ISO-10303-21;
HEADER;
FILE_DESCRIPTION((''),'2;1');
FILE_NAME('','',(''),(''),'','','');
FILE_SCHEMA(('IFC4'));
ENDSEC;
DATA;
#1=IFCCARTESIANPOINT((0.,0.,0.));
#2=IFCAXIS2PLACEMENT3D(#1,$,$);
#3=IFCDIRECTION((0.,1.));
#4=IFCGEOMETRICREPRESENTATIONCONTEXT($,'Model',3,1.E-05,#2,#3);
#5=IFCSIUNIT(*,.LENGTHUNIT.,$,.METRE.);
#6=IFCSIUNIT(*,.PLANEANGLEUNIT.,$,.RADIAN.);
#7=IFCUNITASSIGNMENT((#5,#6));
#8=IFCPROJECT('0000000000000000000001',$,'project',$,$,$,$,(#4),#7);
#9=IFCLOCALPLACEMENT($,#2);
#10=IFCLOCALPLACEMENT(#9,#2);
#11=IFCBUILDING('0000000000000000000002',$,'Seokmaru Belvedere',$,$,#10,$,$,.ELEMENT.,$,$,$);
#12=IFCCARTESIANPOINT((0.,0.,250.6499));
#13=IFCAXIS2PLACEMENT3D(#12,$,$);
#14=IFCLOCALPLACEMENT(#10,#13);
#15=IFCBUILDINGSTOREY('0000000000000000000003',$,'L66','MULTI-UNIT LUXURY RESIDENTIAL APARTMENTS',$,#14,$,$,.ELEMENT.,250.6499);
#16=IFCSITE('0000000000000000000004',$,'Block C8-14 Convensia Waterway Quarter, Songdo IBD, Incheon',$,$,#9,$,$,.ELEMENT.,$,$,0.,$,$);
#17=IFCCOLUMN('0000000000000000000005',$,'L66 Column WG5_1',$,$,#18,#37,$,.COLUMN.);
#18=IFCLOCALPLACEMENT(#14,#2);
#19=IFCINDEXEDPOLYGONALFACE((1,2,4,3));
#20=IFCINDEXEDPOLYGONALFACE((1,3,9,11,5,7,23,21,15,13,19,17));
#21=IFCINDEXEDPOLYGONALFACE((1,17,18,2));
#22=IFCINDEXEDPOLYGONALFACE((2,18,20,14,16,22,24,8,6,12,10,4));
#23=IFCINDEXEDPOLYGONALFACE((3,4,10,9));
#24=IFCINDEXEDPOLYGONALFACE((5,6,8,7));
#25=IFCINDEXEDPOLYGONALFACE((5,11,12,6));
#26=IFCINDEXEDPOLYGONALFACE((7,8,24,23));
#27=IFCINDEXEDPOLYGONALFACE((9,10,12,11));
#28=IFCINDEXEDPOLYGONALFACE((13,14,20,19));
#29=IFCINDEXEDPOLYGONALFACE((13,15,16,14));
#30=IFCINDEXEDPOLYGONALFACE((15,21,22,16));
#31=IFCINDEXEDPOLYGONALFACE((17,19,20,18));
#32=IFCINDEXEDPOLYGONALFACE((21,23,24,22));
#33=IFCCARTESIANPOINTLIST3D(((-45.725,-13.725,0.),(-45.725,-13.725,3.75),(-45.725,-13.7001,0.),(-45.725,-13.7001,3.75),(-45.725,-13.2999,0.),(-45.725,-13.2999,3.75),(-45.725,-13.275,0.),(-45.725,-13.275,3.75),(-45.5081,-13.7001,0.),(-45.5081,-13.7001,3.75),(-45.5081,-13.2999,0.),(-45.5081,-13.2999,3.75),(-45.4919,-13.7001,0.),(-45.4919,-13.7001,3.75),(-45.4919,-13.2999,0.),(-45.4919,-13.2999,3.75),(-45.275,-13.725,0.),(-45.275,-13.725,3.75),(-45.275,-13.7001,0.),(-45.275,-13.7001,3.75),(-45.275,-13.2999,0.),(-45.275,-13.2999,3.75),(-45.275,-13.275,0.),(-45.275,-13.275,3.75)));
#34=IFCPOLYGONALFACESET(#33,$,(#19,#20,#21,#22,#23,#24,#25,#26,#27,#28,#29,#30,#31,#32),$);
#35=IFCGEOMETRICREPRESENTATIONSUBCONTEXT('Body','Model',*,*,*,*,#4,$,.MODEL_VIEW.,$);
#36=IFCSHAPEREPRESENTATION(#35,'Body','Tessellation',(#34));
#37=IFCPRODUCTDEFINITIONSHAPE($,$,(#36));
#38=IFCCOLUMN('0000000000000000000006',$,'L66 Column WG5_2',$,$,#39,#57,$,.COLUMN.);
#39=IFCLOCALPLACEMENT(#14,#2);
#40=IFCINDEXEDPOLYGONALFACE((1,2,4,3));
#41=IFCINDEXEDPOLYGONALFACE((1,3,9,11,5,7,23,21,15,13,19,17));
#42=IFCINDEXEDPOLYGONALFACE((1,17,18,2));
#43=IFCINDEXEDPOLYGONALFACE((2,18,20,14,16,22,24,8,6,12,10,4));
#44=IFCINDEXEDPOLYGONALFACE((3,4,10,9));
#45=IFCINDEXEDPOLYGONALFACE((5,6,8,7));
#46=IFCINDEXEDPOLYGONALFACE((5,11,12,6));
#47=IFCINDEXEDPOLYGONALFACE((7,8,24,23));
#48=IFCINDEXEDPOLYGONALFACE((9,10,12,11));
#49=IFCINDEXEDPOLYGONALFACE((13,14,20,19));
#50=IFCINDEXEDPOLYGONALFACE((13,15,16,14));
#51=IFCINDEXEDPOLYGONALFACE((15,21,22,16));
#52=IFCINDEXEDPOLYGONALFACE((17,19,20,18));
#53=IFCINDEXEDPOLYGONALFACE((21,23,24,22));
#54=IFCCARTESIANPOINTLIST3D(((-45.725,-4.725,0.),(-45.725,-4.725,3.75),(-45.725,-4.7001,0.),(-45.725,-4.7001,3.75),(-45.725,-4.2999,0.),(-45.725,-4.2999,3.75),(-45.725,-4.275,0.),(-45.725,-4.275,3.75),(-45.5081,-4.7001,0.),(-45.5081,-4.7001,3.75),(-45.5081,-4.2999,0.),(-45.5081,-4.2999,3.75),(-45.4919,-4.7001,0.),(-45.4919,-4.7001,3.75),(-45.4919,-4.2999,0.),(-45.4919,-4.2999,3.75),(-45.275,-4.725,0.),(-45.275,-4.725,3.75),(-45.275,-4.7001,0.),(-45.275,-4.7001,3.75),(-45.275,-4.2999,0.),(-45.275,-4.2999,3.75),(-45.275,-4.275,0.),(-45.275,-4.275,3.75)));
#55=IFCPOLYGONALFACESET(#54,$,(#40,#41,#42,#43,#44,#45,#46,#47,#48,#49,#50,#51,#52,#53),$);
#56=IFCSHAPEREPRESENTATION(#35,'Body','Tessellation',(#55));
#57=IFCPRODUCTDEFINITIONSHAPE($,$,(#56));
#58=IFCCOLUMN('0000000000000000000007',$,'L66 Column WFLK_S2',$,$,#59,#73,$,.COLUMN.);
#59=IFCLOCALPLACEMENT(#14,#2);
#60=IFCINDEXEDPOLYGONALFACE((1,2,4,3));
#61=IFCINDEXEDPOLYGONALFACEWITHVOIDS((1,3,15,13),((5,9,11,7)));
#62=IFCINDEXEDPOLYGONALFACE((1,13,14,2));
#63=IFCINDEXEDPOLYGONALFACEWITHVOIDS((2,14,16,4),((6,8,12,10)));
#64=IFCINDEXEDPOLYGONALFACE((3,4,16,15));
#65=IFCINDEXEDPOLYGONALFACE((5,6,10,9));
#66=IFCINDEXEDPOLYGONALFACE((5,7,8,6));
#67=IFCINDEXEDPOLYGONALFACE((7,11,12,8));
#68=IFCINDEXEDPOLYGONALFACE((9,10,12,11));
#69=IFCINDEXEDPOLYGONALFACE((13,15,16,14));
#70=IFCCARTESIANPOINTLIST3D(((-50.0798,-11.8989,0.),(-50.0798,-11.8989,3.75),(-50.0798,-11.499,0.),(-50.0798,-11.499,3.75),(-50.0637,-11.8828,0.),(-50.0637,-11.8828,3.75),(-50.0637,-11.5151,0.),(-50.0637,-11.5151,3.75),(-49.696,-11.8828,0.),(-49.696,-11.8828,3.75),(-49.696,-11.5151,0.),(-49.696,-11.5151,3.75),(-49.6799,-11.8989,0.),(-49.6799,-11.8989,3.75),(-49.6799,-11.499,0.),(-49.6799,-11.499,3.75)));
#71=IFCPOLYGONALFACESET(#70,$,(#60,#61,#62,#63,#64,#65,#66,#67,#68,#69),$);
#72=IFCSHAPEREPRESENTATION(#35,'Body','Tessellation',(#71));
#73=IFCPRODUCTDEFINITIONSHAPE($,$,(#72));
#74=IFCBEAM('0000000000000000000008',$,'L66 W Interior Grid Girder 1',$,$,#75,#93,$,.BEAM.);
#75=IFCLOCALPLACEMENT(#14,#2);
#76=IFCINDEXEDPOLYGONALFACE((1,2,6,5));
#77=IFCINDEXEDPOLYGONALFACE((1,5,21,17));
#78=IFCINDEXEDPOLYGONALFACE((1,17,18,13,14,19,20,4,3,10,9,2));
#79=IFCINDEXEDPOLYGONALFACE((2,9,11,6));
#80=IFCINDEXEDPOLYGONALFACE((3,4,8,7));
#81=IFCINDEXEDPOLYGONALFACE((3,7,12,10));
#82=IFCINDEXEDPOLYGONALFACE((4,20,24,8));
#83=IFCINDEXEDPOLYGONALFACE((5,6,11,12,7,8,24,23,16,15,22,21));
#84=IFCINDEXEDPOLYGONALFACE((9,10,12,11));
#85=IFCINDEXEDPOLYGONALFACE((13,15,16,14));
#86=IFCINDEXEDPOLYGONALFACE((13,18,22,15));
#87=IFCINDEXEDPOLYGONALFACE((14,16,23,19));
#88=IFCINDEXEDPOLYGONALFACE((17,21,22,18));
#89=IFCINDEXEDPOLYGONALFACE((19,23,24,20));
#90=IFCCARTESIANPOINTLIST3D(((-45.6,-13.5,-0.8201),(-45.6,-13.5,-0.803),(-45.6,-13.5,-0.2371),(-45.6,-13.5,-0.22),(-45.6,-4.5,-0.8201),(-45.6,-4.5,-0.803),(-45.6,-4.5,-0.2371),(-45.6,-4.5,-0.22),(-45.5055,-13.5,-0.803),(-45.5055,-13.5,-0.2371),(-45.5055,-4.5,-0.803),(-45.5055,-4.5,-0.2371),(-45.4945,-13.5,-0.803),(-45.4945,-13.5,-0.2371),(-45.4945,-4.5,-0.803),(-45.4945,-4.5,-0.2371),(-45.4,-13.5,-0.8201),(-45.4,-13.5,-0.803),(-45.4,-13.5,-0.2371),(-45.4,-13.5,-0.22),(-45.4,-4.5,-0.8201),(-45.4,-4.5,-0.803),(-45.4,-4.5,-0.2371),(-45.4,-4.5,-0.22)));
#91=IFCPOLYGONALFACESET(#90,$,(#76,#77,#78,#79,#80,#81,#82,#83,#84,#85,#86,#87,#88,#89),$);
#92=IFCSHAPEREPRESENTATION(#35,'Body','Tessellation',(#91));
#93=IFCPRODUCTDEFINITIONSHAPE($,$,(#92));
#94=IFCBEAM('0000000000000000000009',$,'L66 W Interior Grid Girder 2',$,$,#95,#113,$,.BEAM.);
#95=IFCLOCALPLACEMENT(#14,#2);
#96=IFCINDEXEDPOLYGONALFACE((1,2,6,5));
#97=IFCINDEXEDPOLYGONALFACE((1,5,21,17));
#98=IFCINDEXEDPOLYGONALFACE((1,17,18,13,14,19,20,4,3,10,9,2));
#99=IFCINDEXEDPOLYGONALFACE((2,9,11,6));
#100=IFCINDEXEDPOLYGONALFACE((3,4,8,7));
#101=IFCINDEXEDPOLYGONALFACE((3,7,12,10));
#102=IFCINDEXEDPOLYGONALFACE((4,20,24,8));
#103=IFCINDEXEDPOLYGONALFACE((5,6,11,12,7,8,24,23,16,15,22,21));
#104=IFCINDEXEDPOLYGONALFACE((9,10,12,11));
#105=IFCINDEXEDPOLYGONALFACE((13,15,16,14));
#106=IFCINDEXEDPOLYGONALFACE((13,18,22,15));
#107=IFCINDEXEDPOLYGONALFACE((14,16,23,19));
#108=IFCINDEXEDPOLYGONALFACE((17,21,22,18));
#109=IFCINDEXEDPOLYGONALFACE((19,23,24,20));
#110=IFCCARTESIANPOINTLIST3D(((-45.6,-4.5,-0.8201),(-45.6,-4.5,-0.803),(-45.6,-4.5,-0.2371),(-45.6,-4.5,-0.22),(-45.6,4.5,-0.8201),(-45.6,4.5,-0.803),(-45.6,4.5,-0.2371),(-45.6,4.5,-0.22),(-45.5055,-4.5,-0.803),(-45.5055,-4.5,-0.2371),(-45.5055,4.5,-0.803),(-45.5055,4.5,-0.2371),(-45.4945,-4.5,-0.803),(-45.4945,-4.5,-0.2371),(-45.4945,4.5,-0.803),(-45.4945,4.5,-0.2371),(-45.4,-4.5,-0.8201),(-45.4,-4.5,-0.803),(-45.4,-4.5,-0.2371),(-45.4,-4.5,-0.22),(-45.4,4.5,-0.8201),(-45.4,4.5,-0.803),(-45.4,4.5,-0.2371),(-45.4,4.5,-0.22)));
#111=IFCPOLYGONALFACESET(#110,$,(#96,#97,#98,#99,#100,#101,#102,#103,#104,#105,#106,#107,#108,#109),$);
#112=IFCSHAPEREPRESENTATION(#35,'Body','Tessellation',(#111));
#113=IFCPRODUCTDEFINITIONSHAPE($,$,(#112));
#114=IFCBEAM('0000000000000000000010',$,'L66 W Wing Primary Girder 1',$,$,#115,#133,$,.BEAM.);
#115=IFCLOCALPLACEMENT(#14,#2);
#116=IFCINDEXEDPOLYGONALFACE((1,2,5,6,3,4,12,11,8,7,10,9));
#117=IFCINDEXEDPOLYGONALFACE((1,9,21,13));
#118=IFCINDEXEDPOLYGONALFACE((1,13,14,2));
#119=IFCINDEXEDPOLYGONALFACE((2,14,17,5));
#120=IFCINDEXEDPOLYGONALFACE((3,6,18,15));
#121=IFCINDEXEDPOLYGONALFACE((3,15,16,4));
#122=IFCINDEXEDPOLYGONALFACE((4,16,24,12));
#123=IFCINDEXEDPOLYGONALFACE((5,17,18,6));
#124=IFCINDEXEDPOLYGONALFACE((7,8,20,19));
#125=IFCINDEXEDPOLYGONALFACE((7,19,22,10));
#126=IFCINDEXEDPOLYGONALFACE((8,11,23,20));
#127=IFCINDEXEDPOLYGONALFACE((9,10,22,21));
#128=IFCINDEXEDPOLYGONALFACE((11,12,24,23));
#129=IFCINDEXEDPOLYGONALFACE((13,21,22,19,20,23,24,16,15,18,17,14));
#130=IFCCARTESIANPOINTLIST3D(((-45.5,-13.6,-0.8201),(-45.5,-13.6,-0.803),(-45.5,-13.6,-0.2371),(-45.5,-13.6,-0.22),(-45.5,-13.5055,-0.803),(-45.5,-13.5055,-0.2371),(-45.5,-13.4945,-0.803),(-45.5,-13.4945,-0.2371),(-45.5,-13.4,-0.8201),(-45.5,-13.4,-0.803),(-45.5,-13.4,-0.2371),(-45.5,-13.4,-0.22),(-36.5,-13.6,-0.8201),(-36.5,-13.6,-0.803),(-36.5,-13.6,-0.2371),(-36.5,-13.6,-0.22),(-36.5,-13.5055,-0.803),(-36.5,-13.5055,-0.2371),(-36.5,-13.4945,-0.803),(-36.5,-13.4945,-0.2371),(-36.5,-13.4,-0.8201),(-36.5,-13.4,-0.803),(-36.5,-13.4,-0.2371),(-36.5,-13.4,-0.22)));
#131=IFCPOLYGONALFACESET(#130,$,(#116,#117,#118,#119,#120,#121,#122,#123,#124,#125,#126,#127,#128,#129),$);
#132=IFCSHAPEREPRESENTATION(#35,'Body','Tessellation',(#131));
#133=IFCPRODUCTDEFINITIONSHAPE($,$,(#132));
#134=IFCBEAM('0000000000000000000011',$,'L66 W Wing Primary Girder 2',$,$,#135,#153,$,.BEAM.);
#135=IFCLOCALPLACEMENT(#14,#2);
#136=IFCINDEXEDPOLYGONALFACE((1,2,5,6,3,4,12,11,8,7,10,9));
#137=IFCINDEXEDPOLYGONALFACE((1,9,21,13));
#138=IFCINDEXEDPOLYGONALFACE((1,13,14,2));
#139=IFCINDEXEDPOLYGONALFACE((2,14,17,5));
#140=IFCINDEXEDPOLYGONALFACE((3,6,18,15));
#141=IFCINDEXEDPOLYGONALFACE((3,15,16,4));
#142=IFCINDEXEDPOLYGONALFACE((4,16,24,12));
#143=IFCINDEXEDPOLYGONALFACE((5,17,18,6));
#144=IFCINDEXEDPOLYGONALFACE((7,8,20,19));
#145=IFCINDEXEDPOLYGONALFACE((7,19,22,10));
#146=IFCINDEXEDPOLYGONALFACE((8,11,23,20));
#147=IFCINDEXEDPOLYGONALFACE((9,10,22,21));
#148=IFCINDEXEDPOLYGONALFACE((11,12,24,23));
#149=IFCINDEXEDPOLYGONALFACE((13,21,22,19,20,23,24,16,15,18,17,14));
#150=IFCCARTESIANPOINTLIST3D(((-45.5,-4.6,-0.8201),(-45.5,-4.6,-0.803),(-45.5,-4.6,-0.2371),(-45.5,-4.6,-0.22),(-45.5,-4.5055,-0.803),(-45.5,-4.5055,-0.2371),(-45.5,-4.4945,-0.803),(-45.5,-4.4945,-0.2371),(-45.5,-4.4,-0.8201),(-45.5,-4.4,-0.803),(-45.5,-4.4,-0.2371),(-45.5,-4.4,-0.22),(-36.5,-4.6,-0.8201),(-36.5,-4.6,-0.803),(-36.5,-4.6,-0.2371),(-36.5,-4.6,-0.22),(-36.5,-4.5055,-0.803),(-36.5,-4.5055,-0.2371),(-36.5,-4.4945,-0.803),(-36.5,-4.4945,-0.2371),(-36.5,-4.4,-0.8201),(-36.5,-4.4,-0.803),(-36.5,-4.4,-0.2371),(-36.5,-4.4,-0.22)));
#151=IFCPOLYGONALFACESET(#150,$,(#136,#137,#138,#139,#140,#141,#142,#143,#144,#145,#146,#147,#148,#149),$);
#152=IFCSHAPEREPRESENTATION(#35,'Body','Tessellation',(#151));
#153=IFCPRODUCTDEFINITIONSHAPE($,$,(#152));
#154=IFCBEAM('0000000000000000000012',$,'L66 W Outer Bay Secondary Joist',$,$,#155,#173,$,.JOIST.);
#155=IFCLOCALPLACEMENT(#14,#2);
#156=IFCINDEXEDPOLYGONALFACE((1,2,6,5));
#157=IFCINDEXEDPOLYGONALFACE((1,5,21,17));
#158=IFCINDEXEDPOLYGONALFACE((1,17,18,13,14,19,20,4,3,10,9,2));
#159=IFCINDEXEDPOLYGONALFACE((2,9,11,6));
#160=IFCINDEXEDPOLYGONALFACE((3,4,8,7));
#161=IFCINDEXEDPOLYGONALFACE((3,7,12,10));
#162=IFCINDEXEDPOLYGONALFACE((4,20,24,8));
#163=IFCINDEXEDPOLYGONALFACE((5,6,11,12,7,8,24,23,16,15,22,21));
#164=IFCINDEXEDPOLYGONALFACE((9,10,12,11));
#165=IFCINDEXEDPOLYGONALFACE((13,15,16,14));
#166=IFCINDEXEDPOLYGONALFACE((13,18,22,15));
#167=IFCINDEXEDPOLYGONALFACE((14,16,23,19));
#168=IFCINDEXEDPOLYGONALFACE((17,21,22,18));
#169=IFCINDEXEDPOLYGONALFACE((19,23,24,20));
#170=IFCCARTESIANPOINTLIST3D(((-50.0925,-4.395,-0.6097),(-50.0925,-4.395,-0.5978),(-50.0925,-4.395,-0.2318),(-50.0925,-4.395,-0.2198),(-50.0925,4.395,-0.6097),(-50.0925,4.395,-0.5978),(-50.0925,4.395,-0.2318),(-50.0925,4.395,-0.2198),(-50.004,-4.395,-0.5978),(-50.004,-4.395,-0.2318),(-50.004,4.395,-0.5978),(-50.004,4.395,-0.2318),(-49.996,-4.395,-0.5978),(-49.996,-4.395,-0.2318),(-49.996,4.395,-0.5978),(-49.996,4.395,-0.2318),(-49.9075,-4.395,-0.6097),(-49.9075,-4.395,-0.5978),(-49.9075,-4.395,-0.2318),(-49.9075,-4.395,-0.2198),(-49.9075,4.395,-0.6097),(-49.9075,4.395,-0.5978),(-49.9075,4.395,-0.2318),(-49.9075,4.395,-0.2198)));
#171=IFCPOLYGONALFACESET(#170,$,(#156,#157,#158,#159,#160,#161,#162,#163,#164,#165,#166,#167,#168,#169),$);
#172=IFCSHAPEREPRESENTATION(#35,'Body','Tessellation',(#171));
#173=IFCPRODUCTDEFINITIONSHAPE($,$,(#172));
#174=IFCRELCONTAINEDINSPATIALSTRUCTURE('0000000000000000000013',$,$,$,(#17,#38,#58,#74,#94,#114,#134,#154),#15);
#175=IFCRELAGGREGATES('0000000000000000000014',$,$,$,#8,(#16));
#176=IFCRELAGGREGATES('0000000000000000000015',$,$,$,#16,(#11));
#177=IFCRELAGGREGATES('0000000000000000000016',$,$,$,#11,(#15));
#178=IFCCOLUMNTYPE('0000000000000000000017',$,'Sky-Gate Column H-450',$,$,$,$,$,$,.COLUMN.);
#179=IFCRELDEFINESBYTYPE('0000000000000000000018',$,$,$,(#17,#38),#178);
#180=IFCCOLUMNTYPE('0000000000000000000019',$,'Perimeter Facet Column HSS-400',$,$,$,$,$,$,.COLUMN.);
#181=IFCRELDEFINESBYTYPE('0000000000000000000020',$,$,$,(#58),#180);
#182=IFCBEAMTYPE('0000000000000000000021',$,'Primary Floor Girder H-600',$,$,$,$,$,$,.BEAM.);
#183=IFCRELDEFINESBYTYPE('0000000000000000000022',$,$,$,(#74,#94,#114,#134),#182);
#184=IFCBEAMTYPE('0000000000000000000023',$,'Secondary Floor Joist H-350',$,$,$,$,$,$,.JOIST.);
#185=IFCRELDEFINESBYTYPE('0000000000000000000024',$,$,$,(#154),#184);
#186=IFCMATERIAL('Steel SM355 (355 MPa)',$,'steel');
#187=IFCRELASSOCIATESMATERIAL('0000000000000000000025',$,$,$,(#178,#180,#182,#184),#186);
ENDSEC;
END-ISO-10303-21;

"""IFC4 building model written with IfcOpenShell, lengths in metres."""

from ifc_helpers import new_model, si_unit, direction, frame, origin, origin_2d, place, context, subcontext, project, spatial, hollow_rectangle, i_section, extrude, source, transform, mapped, material, material_profile, profile_set, type_object, type_shapes, element, save


model = new_model("IFC4")

# Units and contexts
model_context = context("Model", 3, precision=1e-05, world=origin(), true_north=direction((0.0, 1.0)))
body_context = subcontext(model_context, "Body", "Model", "MODEL_VIEW")
ifc_project = project(units=[si_unit("LENGTHUNIT", "METRE"), si_unit("PLANEANGLEUNIT", "RADIAN")], contexts=[model_context])

# Site, building, storey
site_placement = place(None, origin())
site = spatial("IfcSite", under=ifc_project, at=site_placement, Name="Block C8-14 Convensia Waterway Quarter, Songdo IBD, Incheon", CompositionType="ELEMENT", RefElevation=0.0)
building_placement = place(site_placement, origin())
building = spatial("IfcBuilding", under=site, at=building_placement, Name="Seokmaru Belvedere", CompositionType="ELEMENT")
storey_placement = place(building_placement, frame((0.0, 0.0, 250.6499)))
storey = spatial("IfcBuildingStorey", under=building, at=storey_placement, Name="L66", Description="MULTI-UNIT LUXURY RESIDENTIAL APARTMENTS", CompositionType="ELEMENT", Elevation=250.6499)

# Columns
ifc_material_1 = material(Name="Steel SM355 (355 MPa)", Category="steel")
ifc_material_profile_1 = material_profile(ifc_material_1, i_section(OverallWidth=0.45, OverallDepth=0.45, WebThickness=0.0161, FlangeThickness=0.0249, at=origin_2d()), Name="H-450x450x16x25")
ifc_profile_set_1 = profile_set([ifc_material_profile_1], Name="Steel SM355 (355 MPa)")
column_type_1 = type_object("IfcColumnType", Name="Sky-Gate Column H-450", PredefinedType="COLUMN", material=ifc_profile_set_1)
shared_shape_1 = source(origin(), body_context, "Body", "SweptSolid", [
    extrude(i_section(OverallWidth=0.45, OverallDepth=0.45, WebThickness=0.0161, FlangeThickness=0.0249, at=origin_2d()), origin(), (0.0, 0.0, 1.0), 3.75),
])
type_shapes(column_type_1, [shared_shape_1])
for number, where, z_axis, x_axis, name in (
    (1, (-45.5, -13.5, 0.0), (0.0, 0.0, 1.0), (1.0, 0.0, 0.0), "L66 Column WG5_1"),
    (2, (-45.5, -4.5, 0.0), (0.0, 0.0, 1.0), (1.0, 0.0, 0.0), "L66 Column WG5_2"),
):
    element("IfcColumn", number, at=place(storey_placement, frame(where, z_axis=z_axis, x_axis=x_axis)), inside=storey, type_object=column_type_1, Name=name, PredefinedType="COLUMN", context=body_context, shape_type="MappedRepresentation", body=[
        mapped(shared_shape_1, transform((0.0, 0.0, 0.0), scale=1.0)),
    ])
ifc_material_profile_2 = material_profile(ifc_material_1, hollow_rectangle(XDim=0.3999, YDim=0.3999, WallThickness=0.0161, at=origin_2d()), Name="HSS-400x400x16")
ifc_profile_set_2 = profile_set([ifc_material_profile_2], Name="Steel SM355 (355 MPa)")
column_type_2 = type_object("IfcColumnType", Name="Perimeter Facet Column HSS-400", PredefinedType="COLUMN", material=ifc_profile_set_2)
shared_shape_2 = source(origin(), body_context, "Body", "SweptSolid", [
    extrude(hollow_rectangle(XDim=0.3999, YDim=0.3999, WallThickness=0.0161, at=origin_2d()), origin(), (0.0, 0.0, 1.0), 3.75),
])
type_shapes(column_type_2, [shared_shape_2])
column_placement = place(storey_placement, frame((-49.8799, -11.699, 0.0), z_axis=(0.0, 0.0, 1.0), x_axis=(1.0, 0.0, 0.0)))
element("IfcColumn", 3, at=column_placement, inside=storey, type_object=column_type_2, Name="L66 Column WFLK_S2", PredefinedType="COLUMN", context=body_context, shape_type="MappedRepresentation", body=[
    mapped(shared_shape_2, transform((0.0, 0.0, 0.0), scale=1.0)),
])

# Beams
ifc_material_profile_3 = material_profile(ifc_material_1, i_section(OverallWidth=0.2, OverallDepth=0.6001, WebThickness=0.011, FlangeThickness=0.0171, at=origin_2d()), Name="H-600x200x11x17")
ifc_profile_set_3 = profile_set([ifc_material_profile_3], Name="Steel SM355 (355 MPa)")
beam_type_1 = type_object("IfcBeamType", Name="Primary Floor Girder H-600", PredefinedType="BEAM", material=ifc_profile_set_3)
shared_shape_3 = source(origin(), body_context, "Body", "SweptSolid", [
    extrude(i_section(OverallWidth=0.2, OverallDepth=0.6001, WebThickness=0.011, FlangeThickness=0.0171, at=origin_2d()), origin(), (0.0, 0.0, 1.0), 9.0),
])
for number, where, z_axis, x_axis, name in (
    (4, (-45.5, -13.5, -0.52), (0.0, 1.0, 0.0), (-1.0, 0.0, 0.0), "L66 W Interior Grid Girder 1"),
    (5, (-45.5, -4.5, -0.52), (0.0, 1.0, 0.0), (-1.0, 0.0, 0.0), "L66 W Interior Grid Girder 2"),
    (6, (-45.5, -13.5, -0.52), (1.0, 0.0, 0.0), (0.0, 1.0, 0.0), "L66 W Wing Primary Girder 1"),
    (7, (-45.5, -4.5, -0.52), (1.0, 0.0, 0.0), (0.0, 1.0, 0.0), "L66 W Wing Primary Girder 2"),
):
    element("IfcBeam", number, at=place(storey_placement, frame(where, z_axis=z_axis, x_axis=x_axis)), inside=storey, type_object=beam_type_1, Name=name, PredefinedType="BEAM", context=body_context, shape_type="MappedRepresentation", body=[
        mapped(shared_shape_3, transform((0.0, 0.0, 0.0), scale=1.0)),
    ])
ifc_material_profile_4 = material_profile(ifc_material_1, i_section(OverallWidth=0.1851, OverallDepth=0.3899, WebThickness=0.0081, FlangeThickness=0.012, at=origin_2d()), Name="H-390x185x8x12")
ifc_profile_set_4 = profile_set([ifc_material_profile_4], Name="Steel SM355 (355 MPa)")
beam_type_2 = type_object("IfcBeamType", Name="Secondary Floor Joist H-350", PredefinedType="JOIST", material=ifc_profile_set_4)
shared_shape_4 = source(origin(), body_context, "Body", "SweptSolid", [
    extrude(i_section(OverallWidth=0.1851, OverallDepth=0.3899, WebThickness=0.0081, FlangeThickness=0.012, at=origin_2d()), origin(), (0.0, 0.0, 1.0), 8.79),
])
type_shapes(beam_type_2, [shared_shape_4])
beam_1_placement = place(storey_placement, frame((-50.0, -4.395, -0.4148), z_axis=(0.0, 1.0, 0.0), x_axis=(-1.0, 0.0, 0.0)))
element("IfcBeam", 8, at=beam_1_placement, inside=storey, type_object=beam_type_2, Name="L66 W Outer Bay Secondary Joist", PredefinedType="JOIST", context=body_context, shape_type="MappedRepresentation", body=[
    mapped(shared_shape_4, transform((0.0, 0.0, 0.0), scale=1.0)),
])

save(model, "model.ifc")
